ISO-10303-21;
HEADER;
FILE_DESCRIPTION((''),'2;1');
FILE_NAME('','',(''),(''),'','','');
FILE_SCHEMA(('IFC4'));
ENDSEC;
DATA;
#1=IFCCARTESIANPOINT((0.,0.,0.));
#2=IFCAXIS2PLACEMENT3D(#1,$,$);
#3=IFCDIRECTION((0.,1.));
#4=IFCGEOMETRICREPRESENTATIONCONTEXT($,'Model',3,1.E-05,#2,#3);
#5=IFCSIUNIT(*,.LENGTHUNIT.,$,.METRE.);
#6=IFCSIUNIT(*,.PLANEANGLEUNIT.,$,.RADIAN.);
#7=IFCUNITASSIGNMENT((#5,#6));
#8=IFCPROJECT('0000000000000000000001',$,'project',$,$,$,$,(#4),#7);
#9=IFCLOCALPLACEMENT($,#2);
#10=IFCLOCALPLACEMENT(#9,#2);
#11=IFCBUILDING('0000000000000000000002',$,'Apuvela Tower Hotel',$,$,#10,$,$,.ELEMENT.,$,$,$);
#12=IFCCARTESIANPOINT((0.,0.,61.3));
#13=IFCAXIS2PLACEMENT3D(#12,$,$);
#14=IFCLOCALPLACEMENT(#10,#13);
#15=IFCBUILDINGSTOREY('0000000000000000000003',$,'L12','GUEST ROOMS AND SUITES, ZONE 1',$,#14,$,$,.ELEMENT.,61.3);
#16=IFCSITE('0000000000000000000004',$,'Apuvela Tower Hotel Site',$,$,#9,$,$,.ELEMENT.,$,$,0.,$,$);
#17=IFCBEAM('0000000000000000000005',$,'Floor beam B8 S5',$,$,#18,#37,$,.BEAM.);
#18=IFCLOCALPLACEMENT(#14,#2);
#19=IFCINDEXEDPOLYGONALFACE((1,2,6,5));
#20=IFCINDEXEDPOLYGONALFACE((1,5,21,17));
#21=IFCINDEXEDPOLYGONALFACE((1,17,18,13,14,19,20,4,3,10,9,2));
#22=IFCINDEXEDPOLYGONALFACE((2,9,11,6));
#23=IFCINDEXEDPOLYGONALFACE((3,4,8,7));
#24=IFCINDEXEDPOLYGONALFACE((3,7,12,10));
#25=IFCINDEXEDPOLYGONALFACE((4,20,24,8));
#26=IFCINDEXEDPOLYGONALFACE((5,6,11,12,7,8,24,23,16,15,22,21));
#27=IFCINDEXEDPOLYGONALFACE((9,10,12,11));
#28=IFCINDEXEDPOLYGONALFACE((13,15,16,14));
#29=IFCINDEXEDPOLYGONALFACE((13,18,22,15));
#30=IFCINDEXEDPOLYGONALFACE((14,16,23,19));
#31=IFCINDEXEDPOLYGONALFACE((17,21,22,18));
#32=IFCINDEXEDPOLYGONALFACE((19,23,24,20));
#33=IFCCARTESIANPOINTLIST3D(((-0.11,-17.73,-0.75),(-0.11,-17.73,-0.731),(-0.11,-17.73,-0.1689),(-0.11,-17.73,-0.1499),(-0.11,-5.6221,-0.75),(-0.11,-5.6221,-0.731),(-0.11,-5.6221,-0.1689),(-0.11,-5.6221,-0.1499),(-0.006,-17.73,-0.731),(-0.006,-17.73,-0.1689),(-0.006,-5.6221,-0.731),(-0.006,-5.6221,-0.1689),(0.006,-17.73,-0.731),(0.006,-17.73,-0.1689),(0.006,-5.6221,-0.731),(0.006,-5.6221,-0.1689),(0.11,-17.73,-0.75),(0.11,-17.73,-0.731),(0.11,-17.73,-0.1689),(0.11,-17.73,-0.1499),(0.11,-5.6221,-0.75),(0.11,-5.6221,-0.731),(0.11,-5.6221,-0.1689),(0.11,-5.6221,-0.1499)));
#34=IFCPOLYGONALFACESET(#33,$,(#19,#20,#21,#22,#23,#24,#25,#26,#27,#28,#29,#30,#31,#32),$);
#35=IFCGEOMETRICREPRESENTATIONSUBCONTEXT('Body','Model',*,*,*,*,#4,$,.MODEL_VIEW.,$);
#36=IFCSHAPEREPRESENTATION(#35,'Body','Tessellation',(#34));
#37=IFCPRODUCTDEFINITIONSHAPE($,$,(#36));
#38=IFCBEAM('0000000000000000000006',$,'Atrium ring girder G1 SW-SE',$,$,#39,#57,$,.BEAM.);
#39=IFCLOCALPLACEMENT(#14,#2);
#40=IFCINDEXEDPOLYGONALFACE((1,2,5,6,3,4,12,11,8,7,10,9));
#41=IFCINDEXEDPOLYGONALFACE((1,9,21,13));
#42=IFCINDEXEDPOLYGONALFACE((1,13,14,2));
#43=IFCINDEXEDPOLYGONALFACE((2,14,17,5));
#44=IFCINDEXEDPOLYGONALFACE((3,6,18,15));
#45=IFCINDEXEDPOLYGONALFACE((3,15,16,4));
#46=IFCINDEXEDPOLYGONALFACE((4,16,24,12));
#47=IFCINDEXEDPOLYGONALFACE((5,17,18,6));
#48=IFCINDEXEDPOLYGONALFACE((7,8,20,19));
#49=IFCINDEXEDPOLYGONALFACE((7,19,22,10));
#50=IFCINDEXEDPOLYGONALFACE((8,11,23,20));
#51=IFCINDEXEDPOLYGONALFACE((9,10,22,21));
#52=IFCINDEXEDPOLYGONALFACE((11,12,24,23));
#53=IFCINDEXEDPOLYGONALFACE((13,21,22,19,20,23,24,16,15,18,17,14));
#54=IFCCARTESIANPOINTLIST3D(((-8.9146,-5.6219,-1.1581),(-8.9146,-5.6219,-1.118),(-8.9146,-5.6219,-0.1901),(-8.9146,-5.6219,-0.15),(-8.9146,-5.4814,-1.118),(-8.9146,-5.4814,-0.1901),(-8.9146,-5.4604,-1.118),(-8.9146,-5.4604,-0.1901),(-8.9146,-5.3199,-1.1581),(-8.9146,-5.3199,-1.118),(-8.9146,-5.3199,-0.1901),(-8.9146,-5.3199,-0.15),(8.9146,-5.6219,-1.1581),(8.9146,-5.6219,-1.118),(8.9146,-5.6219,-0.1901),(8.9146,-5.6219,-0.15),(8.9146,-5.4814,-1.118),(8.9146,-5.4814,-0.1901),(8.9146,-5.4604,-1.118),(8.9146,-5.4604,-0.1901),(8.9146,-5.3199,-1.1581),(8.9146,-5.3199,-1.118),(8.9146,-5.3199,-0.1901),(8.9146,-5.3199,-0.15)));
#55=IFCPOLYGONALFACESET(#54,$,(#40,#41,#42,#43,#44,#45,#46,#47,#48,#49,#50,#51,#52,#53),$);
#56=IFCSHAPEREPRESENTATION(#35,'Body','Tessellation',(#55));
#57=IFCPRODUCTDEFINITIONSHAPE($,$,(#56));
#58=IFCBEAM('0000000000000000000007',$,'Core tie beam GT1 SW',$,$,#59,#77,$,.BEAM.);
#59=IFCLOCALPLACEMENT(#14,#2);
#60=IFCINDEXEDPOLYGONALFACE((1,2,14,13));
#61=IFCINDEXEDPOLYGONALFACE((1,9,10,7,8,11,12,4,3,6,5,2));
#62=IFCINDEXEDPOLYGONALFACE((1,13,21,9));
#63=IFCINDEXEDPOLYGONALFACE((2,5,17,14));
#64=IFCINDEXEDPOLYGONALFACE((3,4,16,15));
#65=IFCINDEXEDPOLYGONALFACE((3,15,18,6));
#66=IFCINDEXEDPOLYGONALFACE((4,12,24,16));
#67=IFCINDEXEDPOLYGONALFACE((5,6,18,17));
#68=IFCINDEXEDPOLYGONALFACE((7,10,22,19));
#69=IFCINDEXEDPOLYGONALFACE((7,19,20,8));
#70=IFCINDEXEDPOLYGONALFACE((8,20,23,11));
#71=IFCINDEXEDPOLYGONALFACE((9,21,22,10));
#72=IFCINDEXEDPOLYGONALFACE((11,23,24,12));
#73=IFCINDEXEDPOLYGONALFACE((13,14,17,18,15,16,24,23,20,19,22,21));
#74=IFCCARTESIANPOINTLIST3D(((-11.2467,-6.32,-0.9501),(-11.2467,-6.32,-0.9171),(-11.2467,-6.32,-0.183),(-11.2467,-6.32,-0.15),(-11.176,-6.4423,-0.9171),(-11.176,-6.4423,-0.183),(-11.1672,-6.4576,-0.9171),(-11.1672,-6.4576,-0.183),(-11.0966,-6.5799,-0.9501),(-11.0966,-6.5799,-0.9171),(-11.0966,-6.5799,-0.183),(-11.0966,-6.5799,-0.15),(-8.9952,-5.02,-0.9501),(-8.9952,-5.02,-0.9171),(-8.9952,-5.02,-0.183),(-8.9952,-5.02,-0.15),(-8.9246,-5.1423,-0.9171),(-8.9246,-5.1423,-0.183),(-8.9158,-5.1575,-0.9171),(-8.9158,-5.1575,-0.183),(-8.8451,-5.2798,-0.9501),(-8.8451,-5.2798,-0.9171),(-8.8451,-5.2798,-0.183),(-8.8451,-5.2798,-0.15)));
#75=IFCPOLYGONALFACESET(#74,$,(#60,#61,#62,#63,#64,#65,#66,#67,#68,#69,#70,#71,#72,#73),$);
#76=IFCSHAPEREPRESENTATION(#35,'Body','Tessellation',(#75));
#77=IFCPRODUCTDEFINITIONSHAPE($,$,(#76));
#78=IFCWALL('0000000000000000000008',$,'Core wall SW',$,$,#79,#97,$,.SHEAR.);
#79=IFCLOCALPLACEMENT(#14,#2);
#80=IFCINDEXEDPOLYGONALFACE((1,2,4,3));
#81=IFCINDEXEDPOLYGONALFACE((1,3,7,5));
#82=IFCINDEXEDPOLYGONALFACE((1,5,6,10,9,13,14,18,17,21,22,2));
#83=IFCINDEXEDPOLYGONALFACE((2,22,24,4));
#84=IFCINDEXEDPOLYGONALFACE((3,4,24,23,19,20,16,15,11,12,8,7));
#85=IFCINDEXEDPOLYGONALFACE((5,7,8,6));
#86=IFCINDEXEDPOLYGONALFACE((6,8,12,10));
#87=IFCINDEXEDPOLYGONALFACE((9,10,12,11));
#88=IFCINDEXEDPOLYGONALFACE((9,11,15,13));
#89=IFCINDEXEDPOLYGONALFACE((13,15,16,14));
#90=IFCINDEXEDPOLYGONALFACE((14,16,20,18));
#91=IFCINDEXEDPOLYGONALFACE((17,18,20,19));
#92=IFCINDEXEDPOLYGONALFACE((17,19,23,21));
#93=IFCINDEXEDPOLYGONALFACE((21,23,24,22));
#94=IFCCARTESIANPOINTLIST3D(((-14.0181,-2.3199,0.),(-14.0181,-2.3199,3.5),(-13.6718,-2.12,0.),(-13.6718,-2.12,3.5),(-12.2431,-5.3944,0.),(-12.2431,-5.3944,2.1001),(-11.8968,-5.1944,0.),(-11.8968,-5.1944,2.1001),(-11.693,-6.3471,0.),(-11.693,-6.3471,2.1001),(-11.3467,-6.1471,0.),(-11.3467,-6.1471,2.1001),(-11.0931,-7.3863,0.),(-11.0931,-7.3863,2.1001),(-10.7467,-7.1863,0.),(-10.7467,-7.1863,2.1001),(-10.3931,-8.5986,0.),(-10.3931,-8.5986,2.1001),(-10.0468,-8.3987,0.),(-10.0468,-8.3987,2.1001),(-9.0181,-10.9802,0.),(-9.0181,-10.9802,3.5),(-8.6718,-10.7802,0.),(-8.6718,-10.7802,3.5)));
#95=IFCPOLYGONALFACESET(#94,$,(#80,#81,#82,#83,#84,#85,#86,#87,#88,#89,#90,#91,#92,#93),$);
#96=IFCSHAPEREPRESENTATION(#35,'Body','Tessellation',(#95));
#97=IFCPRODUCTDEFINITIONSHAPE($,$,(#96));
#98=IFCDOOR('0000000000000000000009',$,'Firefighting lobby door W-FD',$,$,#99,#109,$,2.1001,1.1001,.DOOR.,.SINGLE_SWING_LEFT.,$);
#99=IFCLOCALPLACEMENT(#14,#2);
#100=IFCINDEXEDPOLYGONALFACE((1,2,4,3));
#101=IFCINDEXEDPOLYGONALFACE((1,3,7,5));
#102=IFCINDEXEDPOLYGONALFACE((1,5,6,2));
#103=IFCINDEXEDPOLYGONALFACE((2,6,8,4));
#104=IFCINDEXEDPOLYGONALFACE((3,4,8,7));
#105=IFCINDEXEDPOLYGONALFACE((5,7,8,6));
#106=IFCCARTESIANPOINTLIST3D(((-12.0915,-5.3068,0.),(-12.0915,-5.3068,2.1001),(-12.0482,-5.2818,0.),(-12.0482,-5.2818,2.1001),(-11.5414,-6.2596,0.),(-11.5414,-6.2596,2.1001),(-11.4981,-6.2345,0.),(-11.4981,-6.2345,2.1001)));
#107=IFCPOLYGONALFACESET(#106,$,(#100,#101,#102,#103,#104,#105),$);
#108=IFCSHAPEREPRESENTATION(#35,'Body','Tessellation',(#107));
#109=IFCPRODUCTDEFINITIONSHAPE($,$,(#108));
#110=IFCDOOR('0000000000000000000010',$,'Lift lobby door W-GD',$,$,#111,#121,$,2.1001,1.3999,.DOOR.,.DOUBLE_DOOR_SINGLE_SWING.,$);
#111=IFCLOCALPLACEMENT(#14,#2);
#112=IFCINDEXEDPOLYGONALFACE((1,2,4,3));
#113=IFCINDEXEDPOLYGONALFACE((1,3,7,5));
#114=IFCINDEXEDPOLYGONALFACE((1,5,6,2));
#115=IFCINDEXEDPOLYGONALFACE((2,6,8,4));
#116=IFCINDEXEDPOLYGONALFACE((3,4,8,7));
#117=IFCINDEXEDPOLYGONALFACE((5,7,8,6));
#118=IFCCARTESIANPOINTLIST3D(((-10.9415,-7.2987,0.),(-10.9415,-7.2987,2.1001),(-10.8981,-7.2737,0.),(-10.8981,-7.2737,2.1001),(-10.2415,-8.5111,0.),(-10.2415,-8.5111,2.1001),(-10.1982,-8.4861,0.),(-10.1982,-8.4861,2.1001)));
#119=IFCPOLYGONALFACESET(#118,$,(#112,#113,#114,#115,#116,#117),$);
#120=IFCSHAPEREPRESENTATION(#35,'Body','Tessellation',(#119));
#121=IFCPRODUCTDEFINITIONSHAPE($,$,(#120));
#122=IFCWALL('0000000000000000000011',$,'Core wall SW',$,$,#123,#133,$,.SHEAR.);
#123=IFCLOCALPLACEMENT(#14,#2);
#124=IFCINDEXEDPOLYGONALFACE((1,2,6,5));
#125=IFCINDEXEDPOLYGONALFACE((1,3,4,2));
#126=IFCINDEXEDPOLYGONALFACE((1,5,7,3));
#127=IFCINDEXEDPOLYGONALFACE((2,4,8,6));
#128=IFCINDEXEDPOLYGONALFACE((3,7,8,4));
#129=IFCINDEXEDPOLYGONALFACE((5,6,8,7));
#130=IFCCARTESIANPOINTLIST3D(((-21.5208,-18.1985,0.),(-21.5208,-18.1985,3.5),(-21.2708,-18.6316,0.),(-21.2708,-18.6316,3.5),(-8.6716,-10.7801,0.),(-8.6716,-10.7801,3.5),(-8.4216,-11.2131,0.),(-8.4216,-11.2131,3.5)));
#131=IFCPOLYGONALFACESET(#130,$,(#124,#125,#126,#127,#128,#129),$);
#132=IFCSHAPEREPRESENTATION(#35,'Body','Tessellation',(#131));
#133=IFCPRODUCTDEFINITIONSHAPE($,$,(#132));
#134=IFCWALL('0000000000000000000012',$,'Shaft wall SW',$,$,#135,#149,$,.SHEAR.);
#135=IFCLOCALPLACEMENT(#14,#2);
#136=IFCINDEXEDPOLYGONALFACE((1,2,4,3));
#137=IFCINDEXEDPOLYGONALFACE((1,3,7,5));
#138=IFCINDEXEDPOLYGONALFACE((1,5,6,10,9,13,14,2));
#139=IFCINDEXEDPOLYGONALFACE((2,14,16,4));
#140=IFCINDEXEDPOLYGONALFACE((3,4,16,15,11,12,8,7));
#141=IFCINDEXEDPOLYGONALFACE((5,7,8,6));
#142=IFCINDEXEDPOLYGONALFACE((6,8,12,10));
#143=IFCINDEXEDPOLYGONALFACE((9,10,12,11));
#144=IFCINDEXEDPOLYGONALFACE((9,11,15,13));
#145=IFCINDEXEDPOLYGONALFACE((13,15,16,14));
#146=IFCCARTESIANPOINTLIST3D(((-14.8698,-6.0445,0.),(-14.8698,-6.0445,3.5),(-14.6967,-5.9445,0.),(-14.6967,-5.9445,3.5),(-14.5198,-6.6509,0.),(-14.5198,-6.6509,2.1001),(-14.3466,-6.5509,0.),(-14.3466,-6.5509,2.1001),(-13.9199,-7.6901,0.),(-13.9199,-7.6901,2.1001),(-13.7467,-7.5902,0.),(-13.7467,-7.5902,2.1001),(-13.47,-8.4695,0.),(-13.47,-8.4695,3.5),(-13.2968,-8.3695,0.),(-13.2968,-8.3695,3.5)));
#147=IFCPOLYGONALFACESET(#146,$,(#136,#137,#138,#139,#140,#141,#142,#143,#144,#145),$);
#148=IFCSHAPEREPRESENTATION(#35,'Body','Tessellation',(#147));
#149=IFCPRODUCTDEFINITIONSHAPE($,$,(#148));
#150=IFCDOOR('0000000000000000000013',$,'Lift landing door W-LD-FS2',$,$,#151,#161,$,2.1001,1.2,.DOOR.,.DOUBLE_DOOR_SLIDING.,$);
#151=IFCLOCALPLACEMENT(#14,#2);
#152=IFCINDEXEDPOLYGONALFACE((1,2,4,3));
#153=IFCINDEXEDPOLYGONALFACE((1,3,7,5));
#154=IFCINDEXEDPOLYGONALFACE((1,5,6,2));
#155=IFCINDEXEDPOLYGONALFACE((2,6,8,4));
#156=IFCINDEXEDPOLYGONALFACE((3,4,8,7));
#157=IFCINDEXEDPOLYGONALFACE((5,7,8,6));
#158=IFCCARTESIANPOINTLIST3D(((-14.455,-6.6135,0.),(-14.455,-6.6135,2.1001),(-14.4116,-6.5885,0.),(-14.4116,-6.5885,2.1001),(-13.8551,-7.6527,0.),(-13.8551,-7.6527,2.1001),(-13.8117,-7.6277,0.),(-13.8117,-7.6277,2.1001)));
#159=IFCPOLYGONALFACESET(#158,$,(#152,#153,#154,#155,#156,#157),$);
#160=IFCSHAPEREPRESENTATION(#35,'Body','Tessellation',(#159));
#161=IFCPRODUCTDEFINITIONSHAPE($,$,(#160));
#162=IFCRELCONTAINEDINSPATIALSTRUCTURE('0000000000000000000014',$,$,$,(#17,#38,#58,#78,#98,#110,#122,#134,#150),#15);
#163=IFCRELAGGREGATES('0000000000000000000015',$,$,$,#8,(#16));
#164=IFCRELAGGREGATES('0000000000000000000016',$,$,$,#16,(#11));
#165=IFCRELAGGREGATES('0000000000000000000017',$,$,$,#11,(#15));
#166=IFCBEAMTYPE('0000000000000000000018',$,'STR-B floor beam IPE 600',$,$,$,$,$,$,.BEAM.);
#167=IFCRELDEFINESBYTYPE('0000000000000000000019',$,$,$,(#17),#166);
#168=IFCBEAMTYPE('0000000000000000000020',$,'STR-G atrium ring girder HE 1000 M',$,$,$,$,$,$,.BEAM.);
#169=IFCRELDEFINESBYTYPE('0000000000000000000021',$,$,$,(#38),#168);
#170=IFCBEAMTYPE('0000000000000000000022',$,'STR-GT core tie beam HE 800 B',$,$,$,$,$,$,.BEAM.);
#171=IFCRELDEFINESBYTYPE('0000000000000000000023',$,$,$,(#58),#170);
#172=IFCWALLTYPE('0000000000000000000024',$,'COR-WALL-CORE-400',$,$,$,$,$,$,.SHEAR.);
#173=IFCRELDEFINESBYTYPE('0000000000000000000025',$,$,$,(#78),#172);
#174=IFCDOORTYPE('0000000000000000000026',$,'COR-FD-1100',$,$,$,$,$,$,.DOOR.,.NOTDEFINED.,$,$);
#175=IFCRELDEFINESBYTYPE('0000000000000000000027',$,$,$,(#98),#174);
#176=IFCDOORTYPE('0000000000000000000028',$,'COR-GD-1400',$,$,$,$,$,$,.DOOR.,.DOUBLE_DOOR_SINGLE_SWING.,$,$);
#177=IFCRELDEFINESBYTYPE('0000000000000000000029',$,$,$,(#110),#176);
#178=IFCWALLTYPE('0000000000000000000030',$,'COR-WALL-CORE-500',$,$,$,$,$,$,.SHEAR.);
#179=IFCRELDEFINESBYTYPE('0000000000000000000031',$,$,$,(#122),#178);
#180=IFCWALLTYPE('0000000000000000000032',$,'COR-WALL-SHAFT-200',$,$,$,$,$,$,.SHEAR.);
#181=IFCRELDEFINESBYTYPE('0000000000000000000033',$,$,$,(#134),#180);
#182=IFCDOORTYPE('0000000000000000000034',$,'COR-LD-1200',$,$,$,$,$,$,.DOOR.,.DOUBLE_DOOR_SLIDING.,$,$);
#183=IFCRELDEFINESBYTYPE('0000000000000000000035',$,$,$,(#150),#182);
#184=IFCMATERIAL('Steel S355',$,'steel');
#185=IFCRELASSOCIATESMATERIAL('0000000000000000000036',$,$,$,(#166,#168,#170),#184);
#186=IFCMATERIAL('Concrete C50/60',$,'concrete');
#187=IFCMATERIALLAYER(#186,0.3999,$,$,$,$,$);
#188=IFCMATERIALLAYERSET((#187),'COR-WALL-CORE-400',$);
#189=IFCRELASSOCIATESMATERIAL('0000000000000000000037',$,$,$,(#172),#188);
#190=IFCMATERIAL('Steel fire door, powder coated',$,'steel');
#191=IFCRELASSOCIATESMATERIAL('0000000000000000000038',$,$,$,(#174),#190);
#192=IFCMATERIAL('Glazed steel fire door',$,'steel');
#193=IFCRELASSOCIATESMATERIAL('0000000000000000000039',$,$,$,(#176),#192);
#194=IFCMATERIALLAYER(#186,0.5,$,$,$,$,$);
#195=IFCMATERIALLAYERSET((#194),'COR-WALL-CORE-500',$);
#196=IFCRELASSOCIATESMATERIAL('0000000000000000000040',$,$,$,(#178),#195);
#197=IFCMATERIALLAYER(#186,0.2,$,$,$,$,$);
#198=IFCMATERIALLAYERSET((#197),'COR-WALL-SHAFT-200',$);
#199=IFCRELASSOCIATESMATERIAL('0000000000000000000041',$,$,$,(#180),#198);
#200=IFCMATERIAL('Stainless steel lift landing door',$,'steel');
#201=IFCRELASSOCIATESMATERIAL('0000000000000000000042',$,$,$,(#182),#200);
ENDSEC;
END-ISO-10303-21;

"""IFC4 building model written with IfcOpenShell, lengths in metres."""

from ifc_helpers import new_model, si_unit, direction, frame, frame_2d, origin, origin_2d, place, context, subcontext, project, spatial, rectangle, i_section, extrude, material, layer, layer_set, material_profile, profile_set, type_object, element, fill, save


model = new_model("IFC4")

# Units and contexts
model_context = context("Model", 3, precision=1e-05, world=origin(), true_north=direction((0.0, 1.0)))
body_context = subcontext(model_context, "Body", "Model", "MODEL_VIEW")
ifc_project = project(units=[si_unit("LENGTHUNIT", "METRE"), si_unit("PLANEANGLEUNIT", "RADIAN")], contexts=[model_context])

# Site, building, storey
site_placement = place(None, origin())
site = spatial("IfcSite", under=ifc_project, at=site_placement, Name="Apuvela Tower Hotel Site", CompositionType="ELEMENT", RefElevation=0.0)
building_placement = place(site_placement, origin())
building = spatial("IfcBuilding", under=site, at=building_placement, Name="Apuvela Tower Hotel", CompositionType="ELEMENT")
storey_placement = place(building_placement, frame((0.0, 0.0, 61.3)))
storey = spatial("IfcBuildingStorey", under=building, at=storey_placement, Name="L12", Description="GUEST ROOMS AND SUITES, ZONE 1", CompositionType="ELEMENT", Elevation=61.3)

# Beams
ifc_material_1 = material(Name="Steel S355", Category="steel")
ifc_material_profile_1 = material_profile(ifc_material_1, i_section(OverallWidth=0.22, OverallDepth=0.6001, WebThickness=0.012, FlangeThickness=0.019, at=origin_2d()), Name="IPE 600")
ifc_profile_set_1 = profile_set([ifc_material_profile_1], Name="Steel S355")
beam_type_1 = type_object("IfcBeamType", Name="STR-B floor beam IPE 600", PredefinedType="BEAM", material=ifc_profile_set_1)
beam_1_placement = place(storey_placement, frame((0.0, -17.73, -0.45), z_axis=(0.0, 1.0, 0.0), x_axis=(-1.0, 0.0, 0.0)))
element("IfcBeam", 1, at=beam_1_placement, inside=storey, type_object=beam_type_1, Name="Floor beam B8 S5", PredefinedType="BEAM", context=body_context, shape_type="SweptSolid", body=[
    extrude(i_section(OverallWidth=0.22, OverallDepth=0.6001, WebThickness=0.012, FlangeThickness=0.019, at=origin_2d()), origin(), (0.0, 0.0, 1.0), 12.1079),
])
ifc_material_profile_2 = material_profile(ifc_material_1, i_section(OverallWidth=0.302, OverallDepth=1.0081, WebThickness=0.021, FlangeThickness=0.04, at=origin_2d()), Name="HE 1000 M")
ifc_profile_set_2 = profile_set([ifc_material_profile_2], Name="Steel S355")
beam_type_2 = type_object("IfcBeamType", Name="STR-G atrium ring girder HE 1000 M", PredefinedType="BEAM", material=ifc_profile_set_2)
beam_2_placement = place(storey_placement, frame((-8.9146, -5.4709, -0.6541), z_axis=(1.0, 0.0, 0.0), x_axis=(0.0, 1.0, 0.0)))
element("IfcBeam", 2, at=beam_2_placement, inside=storey, type_object=beam_type_2, Name="Atrium ring girder G1 SW-SE", PredefinedType="BEAM", context=body_context, shape_type="SweptSolid", body=[
    extrude(i_section(OverallWidth=0.302, OverallDepth=1.0081, WebThickness=0.021, FlangeThickness=0.04, at=origin_2d()), origin(), (0.0, 0.0, 1.0), 17.8291),
])
ifc_material_profile_3 = material_profile(ifc_material_1, i_section(OverallWidth=0.3, OverallDepth=0.8, WebThickness=0.0176, FlangeThickness=0.033, at=origin_2d()), Name="HE 800 B")
ifc_profile_set_3 = profile_set([ifc_material_profile_3], Name="Steel S355")
beam_type_3 = type_object("IfcBeamType", Name="STR-GT core tie beam HE 800 B", PredefinedType="BEAM", material=ifc_profile_set_3)
beam_3_placement = place(storey_placement, frame((-11.1716, -6.45, -0.55), z_axis=(0.865998, 0.500048, 0.0), x_axis=(-0.500048, 0.865998, 0.0)))
element("IfcBeam", 3, at=beam_3_placement, inside=storey, type_object=beam_type_3, Name="Core tie beam GT1 SW", PredefinedType="BEAM", context=body_context, shape_type="SweptSolid", body=[
    extrude(i_section(OverallWidth=0.3, OverallDepth=0.8, WebThickness=0.0176, FlangeThickness=0.033, at=origin_2d()), origin(), (0.0, 0.0, 1.0), 2.5999),
])

# Wall, openings, doors
ifc_material_2 = material(Name="Concrete C50/60", Category="concrete")
ifc_layer_1 = layer(ifc_material_2, 0.3999)
ifc_layer_set_1 = layer_set([ifc_layer_1], Name="COR-WALL-CORE-400")
wall_type_1 = type_object("IfcWallType", Name="COR-WALL-CORE-400", PredefinedType="SHEAR", material=ifc_layer_set_1)
wall_1_placement = place(storey_placement, frame((-13.845, -2.22, 0.0), z_axis=(0.0, 0.0, 1.0), x_axis=(0.500004, -0.866023, 0.0)))
wall_1 = element("IfcWall", 4, at=wall_1_placement, inside=storey, type_object=wall_type_1, Name="Core wall SW", PredefinedType="SHEAR", context=body_context, shape_type="SweptSolid", body=[
    extrude(rectangle(XDim=10.0, YDim=0.3999, at=frame_2d((5.0, 0.0))), origin(), (0.0, 0.0, 1.0), 3.5),
])
opening_1_placement = place(wall_1_placement, frame((3.55, 0.0, 0.0)))
opening_1 = element("IfcOpeningElement", 5, at=opening_1_placement, cuts=wall_1, PredefinedType="OPENING", context=body_context, shape_type="SweptSolid", body=[
    extrude(rectangle(XDim=1.1001, YDim=2.1001, at=frame_2d((0.55, 1.05))), frame((0.0, 0.21, 0.0), z_axis=(0.0, -1.0, 0.0), x_axis=(1.0, 0.0, 0.0)), (0.0, 0.0, 1.0), 0.4199),
])
opening_2_placement = place(wall_1_placement, frame((5.8501, 0.0, 0.0)))
opening_2 = element("IfcOpeningElement", 6, at=opening_2_placement, cuts=wall_1, PredefinedType="OPENING", context=body_context, shape_type="SweptSolid", body=[
    extrude(rectangle(XDim=1.3999, YDim=2.1001, at=frame_2d((0.7, 1.05))), frame((0.0, 0.21, 0.0), z_axis=(0.0, -1.0, 0.0), x_axis=(1.0, 0.0, 0.0)), (0.0, 0.0, 1.0), 0.4199),
])
ifc_material_3 = material(Name="Steel fire door, powder coated", Category="steel")
door_type_1 = type_object("IfcDoorType", Name="COR-FD-1100", OperationType="NOTDEFINED", PredefinedType="DOOR", material=ifc_material_3)
door_1_placement = place(opening_1_placement, frame((1.1001, 0.0, 0.0), z_axis=(0.0, 0.0, 1.0), x_axis=(-1.0, 0.0, 0.0)))
door_1 = element("IfcDoor", 7, at=door_1_placement, inside=storey, type_object=door_type_1, Name="Firefighting lobby door W-FD", OperationType="SINGLE_SWING_LEFT", OverallHeight=2.1001, OverallWidth=1.1001, PredefinedType="DOOR", context=body_context, shape_type="SweptSolid", body=[
    extrude(rectangle(XDim=1.1001, YDim=2.1001, at=frame_2d((0.55, 1.05))), frame((0.0, 0.0249, 0.0), z_axis=(0.0, -1.0, 0.0), x_axis=(1.0, 0.0, 0.0)), (0.0, 0.0, 1.0), 0.05),
])
fill(opening_1, door_1)
ifc_material_4 = material(Name="Glazed steel fire door", Category="steel")
door_type_2 = type_object("IfcDoorType", Name="COR-GD-1400", OperationType="DOUBLE_DOOR_SINGLE_SWING", PredefinedType="DOOR", material=ifc_material_4)
door_2_placement = place(opening_2_placement, frame((1.3999, 0.0, 0.0), z_axis=(0.0, 0.0, 1.0), x_axis=(-1.0, 0.0, 0.0)))
door_2 = element("IfcDoor", 8, at=door_2_placement, inside=storey, type_object=door_type_2, Name="Lift lobby door W-GD", OperationType="DOUBLE_DOOR_SINGLE_SWING", OverallHeight=2.1001, OverallWidth=1.3999, PredefinedType="DOOR", context=body_context, shape_type="SweptSolid", body=[
    extrude(rectangle(XDim=1.3999, YDim=2.1001, at=frame_2d((0.7, 1.05))), frame((0.0, 0.0249, 0.0), z_axis=(0.0, -1.0, 0.0), x_axis=(1.0, 0.0, 0.0)), (0.0, 0.0, 1.0), 0.05),
])
fill(opening_2, door_2)

# Wall
ifc_layer_2 = layer(ifc_material_2, 0.5)
ifc_layer_set_2 = layer_set([ifc_layer_2], Name="COR-WALL-CORE-500")
wall_type_2 = type_object("IfcWallType", Name="COR-WALL-CORE-500", PredefinedType="SHEAR", material=ifc_layer_set_2)
wall_2_placement = place(storey_placement, frame((-8.5466, -10.9966, 0.0), z_axis=(0.0, 0.0, 1.0), x_axis=(-0.866025, -0.500001, 0.0)))
element("IfcWall", 9, at=wall_2_placement, inside=storey, type_object=wall_type_2, Name="Core wall SW", PredefinedType="SHEAR", context=body_context, shape_type="SweptSolid", body=[
    extrude(rectangle(XDim=14.8369, YDim=0.5, at=frame_2d((7.4185, 0.0))), origin(), (0.0, 0.0, 1.0), 3.5),
])

# Wall, opening, door
ifc_layer_3 = layer(ifc_material_2, 0.2)
ifc_layer_set_3 = layer_set([ifc_layer_3], Name="COR-WALL-SHAFT-200")
wall_type_3 = type_object("IfcWallType", Name="COR-WALL-SHAFT-200", PredefinedType="SHEAR", material=ifc_layer_set_3)
wall_3_placement = place(storey_placement, frame((-14.7832, -5.9946, 0.0), z_axis=(0.0, 0.0, 1.0), x_axis=(0.499946, -0.866056, 0.0)))
wall_3 = element("IfcWall", 10, at=wall_3_placement, inside=storey, type_object=wall_type_3, Name="Shaft wall SW", PredefinedType="SHEAR", context=body_context, shape_type="SweptSolid", body=[
    extrude(rectangle(XDim=2.8, YDim=0.2, at=frame_2d((1.3999, 0.0))), origin(), (0.0, 0.0, 1.0), 3.5),
])
opening_3_placement = place(wall_3_placement, frame((0.7, 0.0, 0.0)))
opening_3 = element("IfcOpeningElement", 11, at=opening_3_placement, cuts=wall_3, PredefinedType="OPENING", context=body_context, shape_type="SweptSolid", body=[
    extrude(rectangle(XDim=1.2, YDim=2.1001, at=frame_2d((0.6001, 1.05))), frame((0.0, 0.1099, 0.0), z_axis=(0.0, -1.0, 0.0), x_axis=(1.0, 0.0, 0.0)), (0.0, 0.0, 1.0), 0.22),
])
ifc_material_5 = material(Name="Stainless steel lift landing door", Category="steel")
door_type_3 = type_object("IfcDoorType", Name="COR-LD-1200", OperationType="DOUBLE_DOOR_SLIDING", PredefinedType="DOOR", material=ifc_material_5)
door_3_placement = place(opening_3_placement, origin())
door_3 = element("IfcDoor", 12, at=door_3_placement, inside=storey, type_object=door_type_3, Name="Lift landing door W-LD-FS2", OperationType="DOUBLE_DOOR_SLIDING", OverallHeight=2.1001, OverallWidth=1.2, PredefinedType="DOOR", context=body_context, shape_type="SweptSolid", body=[
    extrude(rectangle(XDim=1.2, YDim=2.1001, at=frame_2d((0.6001, 1.05))), frame((0.0, 0.0249, 0.0), z_axis=(0.0, -1.0, 0.0), x_axis=(1.0, 0.0, 0.0)), (0.0, 0.0, 1.0), 0.05),
])
fill(opening_3, door_3)

save(model, "model.ifc")
